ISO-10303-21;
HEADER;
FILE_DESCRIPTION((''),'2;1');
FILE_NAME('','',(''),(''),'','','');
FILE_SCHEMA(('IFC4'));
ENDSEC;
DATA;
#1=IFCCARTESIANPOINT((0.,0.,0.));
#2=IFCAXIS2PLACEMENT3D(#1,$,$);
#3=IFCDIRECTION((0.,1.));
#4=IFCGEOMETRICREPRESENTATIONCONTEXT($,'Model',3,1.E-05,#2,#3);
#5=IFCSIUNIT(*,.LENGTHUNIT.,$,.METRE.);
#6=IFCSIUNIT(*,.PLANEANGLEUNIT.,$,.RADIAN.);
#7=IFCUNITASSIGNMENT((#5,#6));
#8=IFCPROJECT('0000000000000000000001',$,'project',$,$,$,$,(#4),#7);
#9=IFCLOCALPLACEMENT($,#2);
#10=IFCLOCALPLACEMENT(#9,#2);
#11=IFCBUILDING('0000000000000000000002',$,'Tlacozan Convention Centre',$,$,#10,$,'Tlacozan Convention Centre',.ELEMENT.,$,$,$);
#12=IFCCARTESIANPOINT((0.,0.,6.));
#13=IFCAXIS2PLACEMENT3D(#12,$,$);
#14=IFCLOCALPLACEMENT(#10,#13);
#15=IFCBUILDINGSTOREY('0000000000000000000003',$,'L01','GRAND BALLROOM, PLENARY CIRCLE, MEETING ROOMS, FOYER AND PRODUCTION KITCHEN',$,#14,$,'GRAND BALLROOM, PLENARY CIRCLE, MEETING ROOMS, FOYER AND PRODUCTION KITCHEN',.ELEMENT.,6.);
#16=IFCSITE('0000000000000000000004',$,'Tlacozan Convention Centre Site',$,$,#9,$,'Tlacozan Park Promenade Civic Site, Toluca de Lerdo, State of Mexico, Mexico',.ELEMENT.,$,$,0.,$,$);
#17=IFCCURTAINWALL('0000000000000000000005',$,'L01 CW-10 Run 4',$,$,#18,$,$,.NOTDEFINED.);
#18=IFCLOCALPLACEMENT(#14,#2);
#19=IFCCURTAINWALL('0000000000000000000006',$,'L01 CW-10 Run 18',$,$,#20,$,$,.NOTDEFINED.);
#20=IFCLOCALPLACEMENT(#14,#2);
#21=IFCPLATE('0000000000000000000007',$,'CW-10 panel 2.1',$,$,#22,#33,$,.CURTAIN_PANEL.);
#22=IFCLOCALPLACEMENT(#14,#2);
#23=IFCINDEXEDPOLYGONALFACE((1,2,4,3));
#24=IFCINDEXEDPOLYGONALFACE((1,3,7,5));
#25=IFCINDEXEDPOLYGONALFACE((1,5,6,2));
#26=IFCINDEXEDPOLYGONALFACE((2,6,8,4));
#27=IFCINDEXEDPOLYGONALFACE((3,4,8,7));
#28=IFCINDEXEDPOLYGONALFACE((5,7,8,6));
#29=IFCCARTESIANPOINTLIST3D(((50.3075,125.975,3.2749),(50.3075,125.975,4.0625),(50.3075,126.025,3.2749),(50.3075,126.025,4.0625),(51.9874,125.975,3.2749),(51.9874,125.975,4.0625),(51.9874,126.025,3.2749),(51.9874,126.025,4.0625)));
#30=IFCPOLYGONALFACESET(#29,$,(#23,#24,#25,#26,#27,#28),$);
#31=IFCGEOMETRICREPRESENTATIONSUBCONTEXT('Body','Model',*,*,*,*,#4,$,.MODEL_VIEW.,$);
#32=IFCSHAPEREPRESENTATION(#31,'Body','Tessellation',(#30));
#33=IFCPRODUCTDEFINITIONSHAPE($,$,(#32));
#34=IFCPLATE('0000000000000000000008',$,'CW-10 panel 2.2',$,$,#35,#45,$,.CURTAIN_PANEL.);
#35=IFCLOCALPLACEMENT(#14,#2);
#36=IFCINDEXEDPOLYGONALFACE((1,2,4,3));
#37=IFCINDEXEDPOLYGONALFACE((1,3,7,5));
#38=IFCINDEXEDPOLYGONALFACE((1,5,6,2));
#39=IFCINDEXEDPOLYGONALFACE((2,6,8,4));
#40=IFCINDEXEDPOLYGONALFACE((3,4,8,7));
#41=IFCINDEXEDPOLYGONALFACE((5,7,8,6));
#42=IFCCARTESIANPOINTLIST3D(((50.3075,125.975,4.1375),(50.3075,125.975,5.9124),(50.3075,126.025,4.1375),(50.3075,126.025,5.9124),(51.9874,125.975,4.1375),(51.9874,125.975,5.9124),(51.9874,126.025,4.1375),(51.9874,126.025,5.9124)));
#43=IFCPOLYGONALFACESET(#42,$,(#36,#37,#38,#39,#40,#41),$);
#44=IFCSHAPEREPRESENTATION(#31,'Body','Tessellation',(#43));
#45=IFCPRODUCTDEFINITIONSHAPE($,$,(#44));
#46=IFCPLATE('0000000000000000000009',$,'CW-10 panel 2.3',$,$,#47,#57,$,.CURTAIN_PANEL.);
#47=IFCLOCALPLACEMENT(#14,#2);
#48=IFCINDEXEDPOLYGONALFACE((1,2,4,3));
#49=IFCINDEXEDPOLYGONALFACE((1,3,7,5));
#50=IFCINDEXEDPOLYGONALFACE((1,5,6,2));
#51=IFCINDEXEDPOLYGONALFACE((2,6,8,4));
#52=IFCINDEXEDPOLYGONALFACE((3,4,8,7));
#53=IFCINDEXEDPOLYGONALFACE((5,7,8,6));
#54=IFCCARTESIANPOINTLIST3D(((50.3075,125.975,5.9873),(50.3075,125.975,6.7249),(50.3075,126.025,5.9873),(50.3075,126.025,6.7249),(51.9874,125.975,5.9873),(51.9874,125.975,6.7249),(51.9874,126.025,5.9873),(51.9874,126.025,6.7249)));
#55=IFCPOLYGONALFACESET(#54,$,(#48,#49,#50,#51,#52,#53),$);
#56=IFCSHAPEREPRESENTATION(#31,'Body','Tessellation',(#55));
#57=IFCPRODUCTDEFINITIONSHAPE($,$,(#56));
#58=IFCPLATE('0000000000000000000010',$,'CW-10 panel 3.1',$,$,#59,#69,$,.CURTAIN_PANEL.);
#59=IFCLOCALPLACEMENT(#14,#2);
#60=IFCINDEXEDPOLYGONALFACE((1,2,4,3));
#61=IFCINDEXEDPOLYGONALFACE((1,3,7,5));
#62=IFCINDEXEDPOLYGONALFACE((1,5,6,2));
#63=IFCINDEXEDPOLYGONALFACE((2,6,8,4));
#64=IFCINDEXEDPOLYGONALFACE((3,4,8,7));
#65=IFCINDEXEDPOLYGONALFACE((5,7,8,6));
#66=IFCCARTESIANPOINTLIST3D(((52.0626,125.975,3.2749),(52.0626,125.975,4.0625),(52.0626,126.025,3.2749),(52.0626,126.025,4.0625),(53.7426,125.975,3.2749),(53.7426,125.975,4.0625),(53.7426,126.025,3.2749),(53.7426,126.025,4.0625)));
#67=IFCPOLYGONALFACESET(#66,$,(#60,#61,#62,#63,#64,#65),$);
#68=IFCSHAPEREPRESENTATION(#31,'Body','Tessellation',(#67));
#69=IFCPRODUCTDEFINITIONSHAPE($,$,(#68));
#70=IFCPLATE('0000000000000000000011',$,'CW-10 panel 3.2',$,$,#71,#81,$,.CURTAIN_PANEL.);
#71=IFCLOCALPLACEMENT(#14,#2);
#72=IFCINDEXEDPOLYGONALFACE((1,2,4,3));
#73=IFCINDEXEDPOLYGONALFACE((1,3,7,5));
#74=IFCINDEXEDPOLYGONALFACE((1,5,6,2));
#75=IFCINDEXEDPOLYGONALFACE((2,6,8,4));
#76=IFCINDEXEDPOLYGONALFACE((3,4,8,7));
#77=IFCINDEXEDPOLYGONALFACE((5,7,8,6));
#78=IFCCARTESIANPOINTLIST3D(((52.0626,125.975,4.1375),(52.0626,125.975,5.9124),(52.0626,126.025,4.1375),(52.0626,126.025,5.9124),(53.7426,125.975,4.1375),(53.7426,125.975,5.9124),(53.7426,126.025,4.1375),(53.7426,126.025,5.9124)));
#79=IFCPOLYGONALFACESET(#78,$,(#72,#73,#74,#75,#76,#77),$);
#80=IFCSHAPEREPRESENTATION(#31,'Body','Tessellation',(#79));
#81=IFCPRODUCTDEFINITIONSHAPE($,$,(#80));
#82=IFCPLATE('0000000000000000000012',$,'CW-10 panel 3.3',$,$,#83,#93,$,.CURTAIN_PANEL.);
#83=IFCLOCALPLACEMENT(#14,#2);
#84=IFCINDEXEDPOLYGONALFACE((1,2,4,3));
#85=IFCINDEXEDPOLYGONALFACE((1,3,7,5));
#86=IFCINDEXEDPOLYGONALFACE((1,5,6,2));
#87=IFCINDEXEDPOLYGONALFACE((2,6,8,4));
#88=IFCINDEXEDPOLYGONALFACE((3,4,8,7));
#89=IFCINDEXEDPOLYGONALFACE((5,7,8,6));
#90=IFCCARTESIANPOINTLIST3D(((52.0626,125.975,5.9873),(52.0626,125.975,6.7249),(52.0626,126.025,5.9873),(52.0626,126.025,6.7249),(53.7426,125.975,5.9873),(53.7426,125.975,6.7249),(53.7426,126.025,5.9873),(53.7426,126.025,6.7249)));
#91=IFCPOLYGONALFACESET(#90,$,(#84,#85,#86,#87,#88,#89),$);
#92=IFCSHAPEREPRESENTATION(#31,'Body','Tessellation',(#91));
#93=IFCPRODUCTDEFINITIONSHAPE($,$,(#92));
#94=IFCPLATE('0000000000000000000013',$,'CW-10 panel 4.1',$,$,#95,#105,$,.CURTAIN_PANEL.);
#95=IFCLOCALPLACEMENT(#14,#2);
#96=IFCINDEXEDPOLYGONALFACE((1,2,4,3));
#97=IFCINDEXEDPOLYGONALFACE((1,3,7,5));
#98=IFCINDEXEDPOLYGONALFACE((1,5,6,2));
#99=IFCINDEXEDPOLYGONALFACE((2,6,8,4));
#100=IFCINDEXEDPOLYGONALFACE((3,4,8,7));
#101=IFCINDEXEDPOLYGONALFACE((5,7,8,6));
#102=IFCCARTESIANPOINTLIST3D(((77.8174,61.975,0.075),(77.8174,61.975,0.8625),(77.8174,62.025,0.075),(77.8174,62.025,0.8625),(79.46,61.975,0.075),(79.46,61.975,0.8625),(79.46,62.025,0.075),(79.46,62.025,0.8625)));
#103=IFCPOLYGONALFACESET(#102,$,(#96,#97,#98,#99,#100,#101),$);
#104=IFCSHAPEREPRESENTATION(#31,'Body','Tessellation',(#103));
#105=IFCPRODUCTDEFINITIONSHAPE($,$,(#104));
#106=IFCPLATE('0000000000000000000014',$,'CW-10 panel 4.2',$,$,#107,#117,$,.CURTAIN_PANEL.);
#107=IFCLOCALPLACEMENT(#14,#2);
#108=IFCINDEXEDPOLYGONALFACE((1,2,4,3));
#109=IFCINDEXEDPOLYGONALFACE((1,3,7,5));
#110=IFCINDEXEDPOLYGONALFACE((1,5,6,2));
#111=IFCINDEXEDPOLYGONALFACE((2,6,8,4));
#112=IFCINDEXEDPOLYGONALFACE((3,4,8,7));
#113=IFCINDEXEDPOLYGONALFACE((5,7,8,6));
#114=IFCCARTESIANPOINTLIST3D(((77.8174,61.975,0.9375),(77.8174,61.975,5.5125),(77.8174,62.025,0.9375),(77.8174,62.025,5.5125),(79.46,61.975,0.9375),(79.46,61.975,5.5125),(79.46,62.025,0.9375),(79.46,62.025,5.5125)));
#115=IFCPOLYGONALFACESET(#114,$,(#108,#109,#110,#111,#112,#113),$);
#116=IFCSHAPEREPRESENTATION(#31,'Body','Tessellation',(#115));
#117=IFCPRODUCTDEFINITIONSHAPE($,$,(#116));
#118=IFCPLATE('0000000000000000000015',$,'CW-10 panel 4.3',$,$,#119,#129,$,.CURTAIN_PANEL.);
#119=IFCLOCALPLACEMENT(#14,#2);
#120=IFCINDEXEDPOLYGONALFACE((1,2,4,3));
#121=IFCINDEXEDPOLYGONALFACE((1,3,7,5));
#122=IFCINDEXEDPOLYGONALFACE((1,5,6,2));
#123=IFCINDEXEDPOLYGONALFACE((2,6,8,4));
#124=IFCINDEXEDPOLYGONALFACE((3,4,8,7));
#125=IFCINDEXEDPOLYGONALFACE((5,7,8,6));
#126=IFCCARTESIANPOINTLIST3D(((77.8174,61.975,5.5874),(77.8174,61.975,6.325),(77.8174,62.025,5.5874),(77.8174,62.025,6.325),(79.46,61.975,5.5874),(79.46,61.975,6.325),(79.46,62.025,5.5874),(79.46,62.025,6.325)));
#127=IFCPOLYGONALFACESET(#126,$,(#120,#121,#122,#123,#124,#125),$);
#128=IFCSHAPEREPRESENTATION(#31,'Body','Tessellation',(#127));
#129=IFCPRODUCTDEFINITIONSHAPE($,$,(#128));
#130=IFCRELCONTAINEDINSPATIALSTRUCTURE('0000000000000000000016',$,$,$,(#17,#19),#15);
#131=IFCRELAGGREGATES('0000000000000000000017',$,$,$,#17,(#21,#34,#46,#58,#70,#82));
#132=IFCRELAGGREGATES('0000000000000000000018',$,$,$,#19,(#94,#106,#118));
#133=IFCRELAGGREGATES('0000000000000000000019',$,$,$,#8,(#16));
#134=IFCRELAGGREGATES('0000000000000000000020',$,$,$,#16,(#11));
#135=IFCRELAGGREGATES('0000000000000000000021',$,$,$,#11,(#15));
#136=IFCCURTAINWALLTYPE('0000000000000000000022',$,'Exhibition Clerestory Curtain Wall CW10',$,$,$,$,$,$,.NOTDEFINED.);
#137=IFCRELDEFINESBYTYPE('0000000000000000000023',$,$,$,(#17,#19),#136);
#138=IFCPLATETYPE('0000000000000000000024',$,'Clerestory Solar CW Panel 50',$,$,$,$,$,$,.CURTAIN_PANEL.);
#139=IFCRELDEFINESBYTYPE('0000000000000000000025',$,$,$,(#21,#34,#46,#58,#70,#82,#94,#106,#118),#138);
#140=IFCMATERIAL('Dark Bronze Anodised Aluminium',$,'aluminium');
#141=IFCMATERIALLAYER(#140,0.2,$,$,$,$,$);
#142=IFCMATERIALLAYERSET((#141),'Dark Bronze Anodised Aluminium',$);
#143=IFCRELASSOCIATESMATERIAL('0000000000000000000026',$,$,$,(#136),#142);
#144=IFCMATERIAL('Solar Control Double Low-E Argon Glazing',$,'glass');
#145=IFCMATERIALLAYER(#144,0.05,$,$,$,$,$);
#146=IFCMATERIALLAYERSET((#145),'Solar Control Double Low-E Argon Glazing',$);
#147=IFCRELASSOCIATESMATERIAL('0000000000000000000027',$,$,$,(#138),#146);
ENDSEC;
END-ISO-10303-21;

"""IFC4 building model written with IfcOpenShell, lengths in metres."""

from ifc_helpers import new_model, si_unit, direction, frame, origin, origin_2d, place, context, subcontext, project, spatial, rectangle, extrude, material, layer, layer_set, type_object, element, aggregate, save


model = new_model("IFC4")

# Units and contexts
model_context = context("Model", 3, precision=1e-05, world=origin(), true_north=direction((0.0, 1.0)))
body_context = subcontext(model_context, "Body", "Model", "MODEL_VIEW")
ifc_project = project(units=[si_unit("LENGTHUNIT", "METRE"), si_unit("PLANEANGLEUNIT", "RADIAN")], contexts=[model_context])

# Site, building, storey
site_placement = place(None, origin())
site = spatial("IfcSite", under=ifc_project, at=site_placement, Name="Tlacozan Convention Centre Site", LongName="Tlacozan Park Promenade Civic Site, Toluca de Lerdo, State of Mexico, Mexico", CompositionType="ELEMENT", RefElevation=0.0)
building_placement = place(site_placement, origin())
building = spatial("IfcBuilding", under=site, at=building_placement, Name="Tlacozan Convention Centre", LongName="Tlacozan Convention Centre", CompositionType="ELEMENT")
storey_placement = place(building_placement, frame((0.0, 0.0, 6.0)))
storey = spatial("IfcBuildingStorey", under=building, at=storey_placement, Name="L01", Description="GRAND BALLROOM, PLENARY CIRCLE, MEETING ROOMS, FOYER AND PRODUCTION KITCHEN", LongName="GRAND BALLROOM, PLENARY CIRCLE, MEETING ROOMS, FOYER AND PRODUCTION KITCHEN", CompositionType="ELEMENT", Elevation=6.0)

# Curtain wall
ifc_material_1 = material(Name="Dark Bronze Anodised Aluminium", Category="aluminium")
ifc_layer_1 = layer(ifc_material_1, 0.2)
ifc_layer_set_1 = layer_set([ifc_layer_1], Name="Dark Bronze Anodised Aluminium")
curtain_wall_type = type_object("IfcCurtainWallType", Name="Exhibition Clerestory Curtain Wall CW10", PredefinedType="NOTDEFINED", material=ifc_layer_set_1)
curtain_wall_1_placement = place(storey_placement, origin())
curtain_wall_1 = element("IfcCurtainWall", 1, at=curtain_wall_1_placement, inside=storey, type_object=curtain_wall_type, Name="L01 CW-10 Run 4", PredefinedType="NOTDEFINED")

# Curtain wall
curtain_wall_2_placement = place(storey_placement, origin())
curtain_wall_2 = element("IfcCurtainWall", 2, at=curtain_wall_2_placement, inside=storey, type_object=curtain_wall_type, Name="L01 CW-10 Run 18", PredefinedType="NOTDEFINED")

# Plates
ifc_material_2 = material(Name="Solar Control Double Low-E Argon Glazing", Category="glass")
ifc_layer_2 = layer(ifc_material_2, 0.05)
ifc_layer_set_2 = layer_set([ifc_layer_2], Name="Solar Control Double Low-E Argon Glazing")
plate_type = type_object("IfcPlateType", Name="Clerestory Solar CW Panel 50", PredefinedType="CURTAIN_PANEL", material=ifc_layer_set_2)
plate_1_placement = place(storey_placement, frame((51.1475, 126.0, 3.2749), z_axis=(0.0, 0.0, 1.0), x_axis=(1.0, 0.0, 0.0)))
plate_1 = element("IfcPlate", 3, at=plate_1_placement, type_object=plate_type, Name="CW-10 panel 2.1", PredefinedType="CURTAIN_PANEL", context=body_context, shape_type="SweptSolid", body=[
    extrude(rectangle(XDim=1.6799, YDim=0.05, at=origin_2d()), origin(), (0.0, 0.0, 1.0), 0.7876),
])
plate_2_placement = place(storey_placement, frame((51.1475, 126.0, 4.1375), z_axis=(0.0, 0.0, 1.0), x_axis=(1.0, 0.0, 0.0)))
plate_2 = element("IfcPlate", 4, at=plate_2_placement, type_object=plate_type, Name="CW-10 panel 2.2", PredefinedType="CURTAIN_PANEL", context=body_context, shape_type="SweptSolid", body=[
    extrude(rectangle(XDim=1.6799, YDim=0.05, at=origin_2d()), origin(), (0.0, 0.0, 1.0), 1.7749),
])
plate_3_placement = place(storey_placement, frame((51.1475, 126.0, 5.9873), z_axis=(0.0, 0.0, 1.0), x_axis=(1.0, 0.0, 0.0)))
plate_3 = element("IfcPlate", 5, at=plate_3_placement, type_object=plate_type, Name="CW-10 panel 2.3", PredefinedType="CURTAIN_PANEL", context=body_context, shape_type="SweptSolid", body=[
    extrude(rectangle(XDim=1.6799, YDim=0.05, at=origin_2d()), origin(), (0.0, 0.0, 1.0), 0.7375),
])
plate_4_placement = place(storey_placement, frame((52.9026, 126.0, 3.2749), z_axis=(0.0, 0.0, 1.0), x_axis=(1.0, 0.0, 0.0)))
plate_4 = element("IfcPlate", 6, at=plate_4_placement, type_object=plate_type, Name="CW-10 panel 3.1", PredefinedType="CURTAIN_PANEL", context=body_context, shape_type="SweptSolid", body=[
    extrude(rectangle(XDim=1.6799, YDim=0.05, at=origin_2d()), origin(), (0.0, 0.0, 1.0), 0.7876),
])
plate_5_placement = place(storey_placement, frame((52.9026, 126.0, 4.1375), z_axis=(0.0, 0.0, 1.0), x_axis=(1.0, 0.0, 0.0)))
plate_5 = element("IfcPlate", 7, at=plate_5_placement, type_object=plate_type, Name="CW-10 panel 3.2", PredefinedType="CURTAIN_PANEL", context=body_context, shape_type="SweptSolid", body=[
    extrude(rectangle(XDim=1.6799, YDim=0.05, at=origin_2d()), origin(), (0.0, 0.0, 1.0), 1.7749),
])
plate_6_placement = place(storey_placement, frame((52.9026, 126.0, 5.9873), z_axis=(0.0, 0.0, 1.0), x_axis=(1.0, 0.0, 0.0)))
plate_6 = element("IfcPlate", 8, at=plate_6_placement, type_object=plate_type, Name="CW-10 panel 3.3", PredefinedType="CURTAIN_PANEL", context=body_context, shape_type="SweptSolid", body=[
    extrude(rectangle(XDim=1.6799, YDim=0.05, at=origin_2d()), origin(), (0.0, 0.0, 1.0), 0.7375),
])
aggregate(curtain_wall_1, [plate_1, plate_2, plate_3, plate_4, plate_5, plate_6])
plate_7_placement = place(storey_placement, frame((78.6387, 62.0, 0.075), z_axis=(0.0, 0.0, 1.0), x_axis=(1.0, 0.0, 0.0)))
plate_7 = element("IfcPlate", 9, at=plate_7_placement, type_object=plate_type, Name="CW-10 panel 4.1", PredefinedType="CURTAIN_PANEL", context=body_context, shape_type="SweptSolid", body=[
    extrude(rectangle(XDim=1.6426, YDim=0.05, at=origin_2d()), origin(), (0.0, 0.0, 1.0), 0.7876),
])
plate_8_placement = place(storey_placement, frame((78.6387, 62.0, 0.9375), z_axis=(0.0, 0.0, 1.0), x_axis=(1.0, 0.0, 0.0)))
plate_8 = element("IfcPlate", 10, at=plate_8_placement, type_object=plate_type, Name="CW-10 panel 4.2", PredefinedType="CURTAIN_PANEL", context=body_context, shape_type="SweptSolid", body=[
    extrude(rectangle(XDim=1.6426, YDim=0.05, at=origin_2d()), origin(), (0.0, 0.0, 1.0), 4.575),
])
plate_9_placement = place(storey_placement, frame((78.6387, 62.0, 5.5874), z_axis=(0.0, 0.0, 1.0), x_axis=(1.0, 0.0, 0.0)))
plate_9 = element("IfcPlate", 11, at=plate_9_placement, type_object=plate_type, Name="CW-10 panel 4.3", PredefinedType="CURTAIN_PANEL", context=body_context, shape_type="SweptSolid", body=[
    extrude(rectangle(XDim=1.6426, YDim=0.05, at=origin_2d()), origin(), (0.0, 0.0, 1.0), 0.7375),
])
aggregate(curtain_wall_2, [plate_7, plate_8, plate_9])

save(model, "model.ifc")
